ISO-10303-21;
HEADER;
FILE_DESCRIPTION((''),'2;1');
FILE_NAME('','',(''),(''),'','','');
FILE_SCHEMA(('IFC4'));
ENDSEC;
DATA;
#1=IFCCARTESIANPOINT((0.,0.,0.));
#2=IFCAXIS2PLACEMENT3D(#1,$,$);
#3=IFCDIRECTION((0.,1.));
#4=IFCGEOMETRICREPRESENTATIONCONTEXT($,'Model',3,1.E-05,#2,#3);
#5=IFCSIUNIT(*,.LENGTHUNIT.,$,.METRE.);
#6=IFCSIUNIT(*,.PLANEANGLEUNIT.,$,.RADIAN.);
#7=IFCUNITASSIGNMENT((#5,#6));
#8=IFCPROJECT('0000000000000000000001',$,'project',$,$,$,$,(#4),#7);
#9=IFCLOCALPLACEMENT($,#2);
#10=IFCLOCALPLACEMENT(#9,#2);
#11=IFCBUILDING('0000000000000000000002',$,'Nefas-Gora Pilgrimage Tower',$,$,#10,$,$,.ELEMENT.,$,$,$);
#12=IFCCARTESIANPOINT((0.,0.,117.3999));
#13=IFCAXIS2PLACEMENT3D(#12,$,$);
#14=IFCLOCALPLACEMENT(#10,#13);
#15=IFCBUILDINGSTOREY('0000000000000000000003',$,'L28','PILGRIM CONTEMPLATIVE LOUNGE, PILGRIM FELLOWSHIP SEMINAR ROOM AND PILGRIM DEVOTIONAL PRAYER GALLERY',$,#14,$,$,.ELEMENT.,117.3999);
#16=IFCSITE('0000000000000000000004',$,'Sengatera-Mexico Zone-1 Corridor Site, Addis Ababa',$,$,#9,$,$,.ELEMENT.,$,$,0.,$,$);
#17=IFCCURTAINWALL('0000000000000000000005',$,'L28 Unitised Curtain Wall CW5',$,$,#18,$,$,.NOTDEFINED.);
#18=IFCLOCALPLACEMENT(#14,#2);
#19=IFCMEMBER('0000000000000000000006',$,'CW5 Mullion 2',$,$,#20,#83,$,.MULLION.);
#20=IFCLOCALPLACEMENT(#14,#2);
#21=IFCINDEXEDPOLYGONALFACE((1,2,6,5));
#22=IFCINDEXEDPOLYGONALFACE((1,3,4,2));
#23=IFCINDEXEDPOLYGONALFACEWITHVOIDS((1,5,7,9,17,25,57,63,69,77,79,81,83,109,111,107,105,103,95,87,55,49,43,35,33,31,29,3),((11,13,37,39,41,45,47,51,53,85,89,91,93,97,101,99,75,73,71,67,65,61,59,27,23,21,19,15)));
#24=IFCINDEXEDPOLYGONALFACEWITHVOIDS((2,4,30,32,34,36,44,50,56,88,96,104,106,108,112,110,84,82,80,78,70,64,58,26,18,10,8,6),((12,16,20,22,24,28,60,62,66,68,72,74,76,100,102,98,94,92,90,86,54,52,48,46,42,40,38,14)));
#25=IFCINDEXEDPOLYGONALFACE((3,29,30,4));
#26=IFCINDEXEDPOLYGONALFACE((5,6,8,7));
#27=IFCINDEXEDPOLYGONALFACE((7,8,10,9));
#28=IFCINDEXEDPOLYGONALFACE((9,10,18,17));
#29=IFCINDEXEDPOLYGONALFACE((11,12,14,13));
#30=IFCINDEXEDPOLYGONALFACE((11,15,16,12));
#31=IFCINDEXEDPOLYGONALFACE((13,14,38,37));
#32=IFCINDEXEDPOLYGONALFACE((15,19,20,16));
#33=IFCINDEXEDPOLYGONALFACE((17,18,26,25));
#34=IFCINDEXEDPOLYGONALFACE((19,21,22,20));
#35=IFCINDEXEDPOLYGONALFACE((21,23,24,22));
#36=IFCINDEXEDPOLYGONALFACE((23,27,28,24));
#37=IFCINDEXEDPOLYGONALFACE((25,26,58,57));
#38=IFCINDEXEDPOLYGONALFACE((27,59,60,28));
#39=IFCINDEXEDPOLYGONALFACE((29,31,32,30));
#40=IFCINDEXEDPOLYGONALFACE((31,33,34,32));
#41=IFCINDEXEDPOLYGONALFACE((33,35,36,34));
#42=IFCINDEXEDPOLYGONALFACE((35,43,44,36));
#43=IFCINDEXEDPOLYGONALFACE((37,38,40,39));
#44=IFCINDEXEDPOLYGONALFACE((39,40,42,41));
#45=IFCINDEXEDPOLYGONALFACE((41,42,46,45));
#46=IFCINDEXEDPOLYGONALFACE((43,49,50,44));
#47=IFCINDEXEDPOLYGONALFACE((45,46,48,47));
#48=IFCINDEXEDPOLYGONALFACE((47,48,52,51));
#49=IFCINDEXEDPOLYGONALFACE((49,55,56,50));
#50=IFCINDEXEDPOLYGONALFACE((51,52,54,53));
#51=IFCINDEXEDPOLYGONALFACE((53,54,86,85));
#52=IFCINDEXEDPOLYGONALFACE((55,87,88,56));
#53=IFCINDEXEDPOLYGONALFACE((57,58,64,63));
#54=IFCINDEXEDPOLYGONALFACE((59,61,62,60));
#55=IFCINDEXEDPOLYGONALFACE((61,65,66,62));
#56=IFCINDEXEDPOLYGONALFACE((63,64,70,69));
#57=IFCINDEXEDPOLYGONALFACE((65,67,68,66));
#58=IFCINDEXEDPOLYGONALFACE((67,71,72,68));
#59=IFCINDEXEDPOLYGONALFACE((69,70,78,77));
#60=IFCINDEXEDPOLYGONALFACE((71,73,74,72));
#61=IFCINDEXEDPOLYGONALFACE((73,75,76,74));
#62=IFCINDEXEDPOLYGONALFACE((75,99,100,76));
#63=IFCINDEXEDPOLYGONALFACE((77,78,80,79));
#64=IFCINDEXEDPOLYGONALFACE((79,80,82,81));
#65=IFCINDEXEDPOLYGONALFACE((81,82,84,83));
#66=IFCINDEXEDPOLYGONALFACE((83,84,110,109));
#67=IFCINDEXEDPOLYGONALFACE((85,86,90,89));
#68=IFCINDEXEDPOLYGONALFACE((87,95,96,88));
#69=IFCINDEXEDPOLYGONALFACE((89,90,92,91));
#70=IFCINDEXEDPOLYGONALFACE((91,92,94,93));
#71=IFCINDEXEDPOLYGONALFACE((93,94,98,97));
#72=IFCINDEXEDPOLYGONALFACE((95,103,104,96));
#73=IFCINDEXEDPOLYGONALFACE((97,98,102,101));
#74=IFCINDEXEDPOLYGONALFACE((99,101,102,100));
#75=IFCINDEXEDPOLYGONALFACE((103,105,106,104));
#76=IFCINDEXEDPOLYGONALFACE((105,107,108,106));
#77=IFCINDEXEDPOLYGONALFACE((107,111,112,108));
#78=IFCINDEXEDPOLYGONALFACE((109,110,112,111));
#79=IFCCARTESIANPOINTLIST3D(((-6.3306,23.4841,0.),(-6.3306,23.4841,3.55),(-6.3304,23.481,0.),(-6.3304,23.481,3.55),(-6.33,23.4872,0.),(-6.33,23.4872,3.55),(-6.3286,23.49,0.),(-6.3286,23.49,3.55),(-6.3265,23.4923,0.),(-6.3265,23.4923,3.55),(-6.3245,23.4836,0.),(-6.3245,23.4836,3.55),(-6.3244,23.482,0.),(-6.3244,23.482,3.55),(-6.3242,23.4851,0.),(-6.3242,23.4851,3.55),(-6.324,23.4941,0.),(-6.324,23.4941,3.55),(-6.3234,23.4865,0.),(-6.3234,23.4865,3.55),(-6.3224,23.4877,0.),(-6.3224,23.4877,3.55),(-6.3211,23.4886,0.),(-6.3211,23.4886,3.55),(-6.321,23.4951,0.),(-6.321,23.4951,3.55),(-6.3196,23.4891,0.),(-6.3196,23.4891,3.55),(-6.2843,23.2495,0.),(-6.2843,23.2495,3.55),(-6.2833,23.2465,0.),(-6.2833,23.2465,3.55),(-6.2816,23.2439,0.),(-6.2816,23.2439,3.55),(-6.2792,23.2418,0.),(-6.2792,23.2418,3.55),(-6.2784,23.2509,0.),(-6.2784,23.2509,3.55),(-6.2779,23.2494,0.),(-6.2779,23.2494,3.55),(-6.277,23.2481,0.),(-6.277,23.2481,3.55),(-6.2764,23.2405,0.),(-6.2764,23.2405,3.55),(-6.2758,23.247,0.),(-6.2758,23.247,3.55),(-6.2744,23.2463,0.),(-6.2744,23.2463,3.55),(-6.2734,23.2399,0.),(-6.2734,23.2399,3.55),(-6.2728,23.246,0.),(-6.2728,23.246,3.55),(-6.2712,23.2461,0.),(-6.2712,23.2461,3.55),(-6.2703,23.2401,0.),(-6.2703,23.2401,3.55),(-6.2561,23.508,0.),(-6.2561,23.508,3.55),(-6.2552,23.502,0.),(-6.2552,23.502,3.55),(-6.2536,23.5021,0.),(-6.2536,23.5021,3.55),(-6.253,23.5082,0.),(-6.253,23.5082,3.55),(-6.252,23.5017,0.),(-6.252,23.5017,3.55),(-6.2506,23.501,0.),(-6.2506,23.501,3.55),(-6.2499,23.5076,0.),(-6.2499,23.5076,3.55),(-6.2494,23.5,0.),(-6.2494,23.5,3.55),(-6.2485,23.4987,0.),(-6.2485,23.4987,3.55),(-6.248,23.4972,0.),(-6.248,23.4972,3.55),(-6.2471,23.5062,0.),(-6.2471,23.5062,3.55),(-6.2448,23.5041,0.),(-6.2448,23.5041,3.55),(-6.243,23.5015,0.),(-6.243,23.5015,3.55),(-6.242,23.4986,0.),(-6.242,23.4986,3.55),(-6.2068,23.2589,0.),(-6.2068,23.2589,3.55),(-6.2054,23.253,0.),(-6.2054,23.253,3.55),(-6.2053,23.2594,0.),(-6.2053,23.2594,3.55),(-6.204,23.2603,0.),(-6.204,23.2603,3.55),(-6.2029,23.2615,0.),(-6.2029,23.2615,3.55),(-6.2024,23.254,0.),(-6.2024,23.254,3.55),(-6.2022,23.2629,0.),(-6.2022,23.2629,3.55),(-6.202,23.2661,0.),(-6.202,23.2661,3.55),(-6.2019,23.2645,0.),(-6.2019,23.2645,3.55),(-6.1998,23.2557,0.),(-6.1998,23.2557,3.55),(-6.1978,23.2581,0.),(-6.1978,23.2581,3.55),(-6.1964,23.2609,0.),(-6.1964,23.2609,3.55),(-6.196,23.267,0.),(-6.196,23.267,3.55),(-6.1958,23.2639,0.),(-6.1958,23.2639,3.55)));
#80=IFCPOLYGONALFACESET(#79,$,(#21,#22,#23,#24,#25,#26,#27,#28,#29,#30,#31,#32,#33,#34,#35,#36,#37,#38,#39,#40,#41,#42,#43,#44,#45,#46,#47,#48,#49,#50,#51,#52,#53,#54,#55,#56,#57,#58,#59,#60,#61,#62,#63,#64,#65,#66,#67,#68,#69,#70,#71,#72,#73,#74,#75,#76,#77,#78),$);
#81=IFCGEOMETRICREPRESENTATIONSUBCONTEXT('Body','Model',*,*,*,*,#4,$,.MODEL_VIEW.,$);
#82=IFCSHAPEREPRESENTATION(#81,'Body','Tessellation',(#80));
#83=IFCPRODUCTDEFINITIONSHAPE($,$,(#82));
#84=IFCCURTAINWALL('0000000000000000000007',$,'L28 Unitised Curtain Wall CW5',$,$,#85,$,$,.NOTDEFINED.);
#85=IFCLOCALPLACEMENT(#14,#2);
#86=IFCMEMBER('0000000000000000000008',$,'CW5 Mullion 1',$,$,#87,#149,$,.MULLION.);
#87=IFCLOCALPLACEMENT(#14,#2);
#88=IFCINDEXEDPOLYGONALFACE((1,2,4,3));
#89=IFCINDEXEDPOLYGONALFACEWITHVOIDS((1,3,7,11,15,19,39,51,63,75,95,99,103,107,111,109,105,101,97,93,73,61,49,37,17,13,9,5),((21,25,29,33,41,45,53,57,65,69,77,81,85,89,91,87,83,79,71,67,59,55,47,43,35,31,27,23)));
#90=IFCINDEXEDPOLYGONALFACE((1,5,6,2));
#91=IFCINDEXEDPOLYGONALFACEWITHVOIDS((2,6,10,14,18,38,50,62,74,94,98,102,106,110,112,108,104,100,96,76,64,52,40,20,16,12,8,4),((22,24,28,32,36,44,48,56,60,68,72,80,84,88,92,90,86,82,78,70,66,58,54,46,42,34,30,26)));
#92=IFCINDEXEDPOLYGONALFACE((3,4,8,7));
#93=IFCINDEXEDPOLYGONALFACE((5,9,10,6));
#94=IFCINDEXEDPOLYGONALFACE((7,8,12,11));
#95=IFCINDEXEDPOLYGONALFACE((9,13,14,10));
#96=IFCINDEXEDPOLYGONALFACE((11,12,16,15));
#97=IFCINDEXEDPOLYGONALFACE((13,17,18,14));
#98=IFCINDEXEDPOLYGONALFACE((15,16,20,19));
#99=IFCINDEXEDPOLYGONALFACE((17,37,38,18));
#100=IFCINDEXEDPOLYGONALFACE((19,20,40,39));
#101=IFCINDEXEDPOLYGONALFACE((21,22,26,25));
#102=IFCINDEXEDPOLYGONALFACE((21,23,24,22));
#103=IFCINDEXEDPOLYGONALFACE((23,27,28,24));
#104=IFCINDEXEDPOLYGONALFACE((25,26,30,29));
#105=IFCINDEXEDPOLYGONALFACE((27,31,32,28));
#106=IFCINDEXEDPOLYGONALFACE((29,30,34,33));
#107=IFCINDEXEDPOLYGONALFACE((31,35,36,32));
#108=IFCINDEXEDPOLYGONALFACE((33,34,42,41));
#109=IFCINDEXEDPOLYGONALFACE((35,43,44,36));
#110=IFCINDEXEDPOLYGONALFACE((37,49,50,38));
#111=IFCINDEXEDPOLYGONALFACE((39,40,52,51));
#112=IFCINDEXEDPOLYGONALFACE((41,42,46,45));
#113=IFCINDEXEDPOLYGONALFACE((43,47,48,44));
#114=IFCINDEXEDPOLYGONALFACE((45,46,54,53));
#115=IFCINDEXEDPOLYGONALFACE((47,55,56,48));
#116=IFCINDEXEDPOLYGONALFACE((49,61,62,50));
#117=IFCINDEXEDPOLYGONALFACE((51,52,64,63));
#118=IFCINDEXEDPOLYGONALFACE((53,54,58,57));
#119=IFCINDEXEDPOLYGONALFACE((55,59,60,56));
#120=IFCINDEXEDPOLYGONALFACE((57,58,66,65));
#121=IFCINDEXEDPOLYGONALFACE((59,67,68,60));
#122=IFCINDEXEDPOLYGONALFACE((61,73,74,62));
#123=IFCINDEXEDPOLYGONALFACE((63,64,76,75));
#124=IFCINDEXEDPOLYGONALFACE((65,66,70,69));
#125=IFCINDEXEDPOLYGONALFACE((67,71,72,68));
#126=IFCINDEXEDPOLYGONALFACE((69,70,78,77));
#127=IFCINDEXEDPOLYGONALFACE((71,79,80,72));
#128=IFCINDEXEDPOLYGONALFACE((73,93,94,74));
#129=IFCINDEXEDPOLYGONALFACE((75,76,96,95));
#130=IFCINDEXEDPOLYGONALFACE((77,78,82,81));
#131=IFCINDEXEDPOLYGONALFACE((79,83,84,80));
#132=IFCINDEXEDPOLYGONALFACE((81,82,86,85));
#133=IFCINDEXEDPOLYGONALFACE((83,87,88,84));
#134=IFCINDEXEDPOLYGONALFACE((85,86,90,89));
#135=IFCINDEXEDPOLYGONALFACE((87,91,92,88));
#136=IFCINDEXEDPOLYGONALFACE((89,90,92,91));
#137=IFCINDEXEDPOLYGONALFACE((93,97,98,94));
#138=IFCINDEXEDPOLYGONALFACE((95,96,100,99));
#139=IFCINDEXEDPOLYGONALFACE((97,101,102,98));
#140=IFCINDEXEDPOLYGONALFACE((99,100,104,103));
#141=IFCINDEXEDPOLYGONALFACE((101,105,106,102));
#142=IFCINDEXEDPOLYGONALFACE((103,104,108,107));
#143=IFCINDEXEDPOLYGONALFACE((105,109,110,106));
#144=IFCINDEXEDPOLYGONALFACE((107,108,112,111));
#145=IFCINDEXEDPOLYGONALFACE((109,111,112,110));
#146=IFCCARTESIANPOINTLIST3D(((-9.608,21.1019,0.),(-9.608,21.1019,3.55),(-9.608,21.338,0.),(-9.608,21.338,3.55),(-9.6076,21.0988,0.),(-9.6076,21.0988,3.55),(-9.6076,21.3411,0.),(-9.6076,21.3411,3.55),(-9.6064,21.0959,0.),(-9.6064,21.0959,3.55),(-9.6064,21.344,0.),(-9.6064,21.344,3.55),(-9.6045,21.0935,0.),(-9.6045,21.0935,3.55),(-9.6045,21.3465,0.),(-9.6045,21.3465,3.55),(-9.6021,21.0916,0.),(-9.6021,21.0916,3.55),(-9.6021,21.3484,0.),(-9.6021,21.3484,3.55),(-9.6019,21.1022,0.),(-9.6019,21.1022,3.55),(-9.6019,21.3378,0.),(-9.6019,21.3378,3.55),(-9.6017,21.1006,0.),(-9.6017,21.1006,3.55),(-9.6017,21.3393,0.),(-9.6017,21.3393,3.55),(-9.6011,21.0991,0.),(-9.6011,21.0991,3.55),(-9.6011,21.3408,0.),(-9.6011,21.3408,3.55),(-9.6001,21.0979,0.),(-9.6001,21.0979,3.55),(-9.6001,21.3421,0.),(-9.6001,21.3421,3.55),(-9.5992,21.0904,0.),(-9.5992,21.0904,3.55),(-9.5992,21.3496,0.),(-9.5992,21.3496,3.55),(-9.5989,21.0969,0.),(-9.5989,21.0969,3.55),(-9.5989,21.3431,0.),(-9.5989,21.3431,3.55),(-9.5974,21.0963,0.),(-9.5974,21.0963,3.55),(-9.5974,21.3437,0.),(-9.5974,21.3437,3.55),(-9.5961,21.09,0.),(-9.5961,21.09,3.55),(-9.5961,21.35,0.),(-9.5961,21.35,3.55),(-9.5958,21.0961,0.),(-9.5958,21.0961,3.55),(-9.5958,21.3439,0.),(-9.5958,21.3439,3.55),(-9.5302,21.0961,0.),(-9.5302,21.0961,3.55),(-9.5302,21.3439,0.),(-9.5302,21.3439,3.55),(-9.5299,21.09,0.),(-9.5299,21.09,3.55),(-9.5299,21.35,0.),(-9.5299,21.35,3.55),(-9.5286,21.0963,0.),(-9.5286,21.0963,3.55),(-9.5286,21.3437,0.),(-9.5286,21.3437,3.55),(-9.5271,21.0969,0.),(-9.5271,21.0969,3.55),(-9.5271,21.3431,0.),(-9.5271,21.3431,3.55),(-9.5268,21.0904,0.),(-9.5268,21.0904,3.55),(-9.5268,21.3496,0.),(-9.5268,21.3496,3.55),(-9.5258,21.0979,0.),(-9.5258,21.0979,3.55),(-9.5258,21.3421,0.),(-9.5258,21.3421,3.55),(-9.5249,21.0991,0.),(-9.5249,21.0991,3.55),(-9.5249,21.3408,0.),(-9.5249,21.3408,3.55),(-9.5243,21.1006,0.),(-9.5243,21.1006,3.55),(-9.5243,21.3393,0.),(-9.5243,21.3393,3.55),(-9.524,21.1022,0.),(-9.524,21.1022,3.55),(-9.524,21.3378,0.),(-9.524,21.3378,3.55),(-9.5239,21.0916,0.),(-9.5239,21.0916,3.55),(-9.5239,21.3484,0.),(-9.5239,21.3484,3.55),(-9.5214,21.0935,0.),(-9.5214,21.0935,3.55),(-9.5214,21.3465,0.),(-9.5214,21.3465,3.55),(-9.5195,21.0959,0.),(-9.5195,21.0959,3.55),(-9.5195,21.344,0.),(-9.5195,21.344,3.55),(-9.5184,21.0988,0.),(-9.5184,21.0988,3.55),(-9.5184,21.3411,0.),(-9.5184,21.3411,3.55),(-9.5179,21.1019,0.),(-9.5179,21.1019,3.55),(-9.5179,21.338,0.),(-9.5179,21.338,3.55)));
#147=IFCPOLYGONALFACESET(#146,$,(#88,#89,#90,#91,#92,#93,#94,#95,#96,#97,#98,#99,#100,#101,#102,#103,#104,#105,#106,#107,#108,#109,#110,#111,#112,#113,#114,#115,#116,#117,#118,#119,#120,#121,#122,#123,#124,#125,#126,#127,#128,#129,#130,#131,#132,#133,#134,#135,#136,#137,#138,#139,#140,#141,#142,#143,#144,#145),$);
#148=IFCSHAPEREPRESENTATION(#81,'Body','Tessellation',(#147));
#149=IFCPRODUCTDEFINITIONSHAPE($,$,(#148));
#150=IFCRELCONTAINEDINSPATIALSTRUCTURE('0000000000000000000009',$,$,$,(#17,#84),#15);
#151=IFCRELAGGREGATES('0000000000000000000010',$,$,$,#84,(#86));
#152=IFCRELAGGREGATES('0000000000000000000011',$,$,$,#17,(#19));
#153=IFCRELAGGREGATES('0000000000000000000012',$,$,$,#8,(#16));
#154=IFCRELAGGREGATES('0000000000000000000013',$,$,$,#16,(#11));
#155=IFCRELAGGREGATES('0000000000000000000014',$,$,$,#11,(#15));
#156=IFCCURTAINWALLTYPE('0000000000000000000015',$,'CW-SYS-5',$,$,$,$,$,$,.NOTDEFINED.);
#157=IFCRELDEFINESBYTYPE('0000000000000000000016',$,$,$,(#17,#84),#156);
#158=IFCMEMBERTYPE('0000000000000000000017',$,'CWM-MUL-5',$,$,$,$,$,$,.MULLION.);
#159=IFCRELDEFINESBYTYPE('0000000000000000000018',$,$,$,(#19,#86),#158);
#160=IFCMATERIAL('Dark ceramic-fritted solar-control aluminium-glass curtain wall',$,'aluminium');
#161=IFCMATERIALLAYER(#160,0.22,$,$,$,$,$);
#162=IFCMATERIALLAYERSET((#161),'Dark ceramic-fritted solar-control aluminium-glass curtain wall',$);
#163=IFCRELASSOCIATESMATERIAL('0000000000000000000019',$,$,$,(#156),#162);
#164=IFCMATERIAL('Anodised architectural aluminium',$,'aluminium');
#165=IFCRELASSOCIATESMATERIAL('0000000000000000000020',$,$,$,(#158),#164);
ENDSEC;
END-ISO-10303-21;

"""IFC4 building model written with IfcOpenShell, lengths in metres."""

from ifc_helpers import new_model, si_unit, direction, frame, origin, origin_2d, place, context, subcontext, project, spatial, hollow_rectangle, extrude, source, transform, mapped, material, layer, layer_set, material_profile, profile_set, type_object, element, aggregate, save


model = new_model("IFC4")

# Units and contexts
model_context = context("Model", 3, precision=1e-05, world=origin(), true_north=direction((0.0, 1.0)))
body_context = subcontext(model_context, "Body", "Model", "MODEL_VIEW")
ifc_project = project(units=[si_unit("LENGTHUNIT", "METRE"), si_unit("PLANEANGLEUNIT", "RADIAN")], contexts=[model_context])

# Site, building, storey
site_placement = place(None, origin())
site = spatial("IfcSite", under=ifc_project, at=site_placement, Name="Sengatera-Mexico Zone-1 Corridor Site, Addis Ababa", CompositionType="ELEMENT", RefElevation=0.0)
building_placement = place(site_placement, origin())
building = spatial("IfcBuilding", under=site, at=building_placement, Name="Nefas-Gora Pilgrimage Tower", CompositionType="ELEMENT")
storey_placement = place(building_placement, frame((0.0, 0.0, 117.3999)))
storey = spatial("IfcBuildingStorey", under=building, at=storey_placement, Name="L28", Description="PILGRIM CONTEMPLATIVE LOUNGE, PILGRIM FELLOWSHIP SEMINAR ROOM AND PILGRIM DEVOTIONAL PRAYER GALLERY", CompositionType="ELEMENT", Elevation=117.3999)

# Shared definitions
ifc_material_1 = material(Name="Dark ceramic-fritted solar-control aluminium-glass curtain wall", Category="aluminium")
ifc_layer_1 = layer(ifc_material_1, 0.22)
ifc_layer_set_1 = layer_set([ifc_layer_1], Name="Dark ceramic-fritted solar-control aluminium-glass curtain wall")
curtain_wall_type = type_object("IfcCurtainWallType", Name="CW-SYS-5", PredefinedType="NOTDEFINED", material=ifc_layer_set_1)
ifc_material_2 = material(Name="Anodised architectural aluminium", Category="aluminium")
ifc_material_profile_1 = material_profile(ifc_material_2, hollow_rectangle(XDim=0.0901, YDim=0.26, WallThickness=0.0061, InnerFilletRadius=0.0061, OuterFilletRadius=0.012, at=origin_2d()), Name="ALU MULLION 90x260")
ifc_profile_set_1 = profile_set([ifc_material_profile_1], Name="Anodised architectural aluminium")
member_type_1 = type_object("IfcMemberType", Name="CWM-MUL-5", PredefinedType="MULLION", material=ifc_profile_set_1)
shared_shape_1 = source(origin(), body_context, "Body", "SweptSolid", [
    extrude(hollow_rectangle(XDim=0.0901, YDim=0.26, WallThickness=0.0061, InnerFilletRadius=0.0061, OuterFilletRadius=0.012, at=origin_2d()), origin(), (0.0, 0.0, 1.0), 3.55),
])

# Curtain walls, members
curtain_wall_1_placement = place(storey_placement, origin())
curtain_wall_1 = element("IfcCurtainWall", 1, at=curtain_wall_1_placement, inside=storey, type_object=curtain_wall_type, Name="L28 Unitised Curtain Wall CW5", PredefinedType="NOTDEFINED")
member_1_placement = place(storey_placement, frame((-6.2632, 23.374, 0.0), z_axis=(0.0, 0.0, 1.0), x_axis=(-0.980783, -0.195102, 0.0)))
member_1 = element("IfcMember", 2, at=member_1_placement, type_object=member_type_1, Name="CW5 Mullion 2", PredefinedType="MULLION", context=body_context, shape_type="MappedRepresentation", body=[
    mapped(shared_shape_1, transform((0.0, 0.0, 0.0), x_axis=(1.0, 0.0, 0.0), y_axis=(0.0, 1.0, 0.0), z_axis=(0.0, 0.0, 1.0), scale=1.0)),
])
curtain_wall_2_placement = place(storey_placement, origin())
curtain_wall_2 = element("IfcCurtainWall", 3, at=curtain_wall_2_placement, inside=storey, type_object=curtain_wall_type, Name="L28 Unitised Curtain Wall CW5", PredefinedType="NOTDEFINED")
member_2_placement = place(storey_placement, frame((-9.563, 21.22, 0.0), z_axis=(0.0, 0.0, 1.0), x_axis=(-1.0, 0.0, 0.0)))
member_2 = element("IfcMember", 4, at=member_2_placement, type_object=member_type_1, Name="CW5 Mullion 1", PredefinedType="MULLION", context=body_context, shape_type="MappedRepresentation", body=[
    mapped(shared_shape_1, transform((0.0, 0.0, 0.0), x_axis=(1.0, 0.0, 0.0), y_axis=(0.0, 1.0, 0.0), z_axis=(0.0, 0.0, 1.0), scale=1.0)),
])
aggregate(curtain_wall_2, [member_2])

aggregate(curtain_wall_1, [member_1])

save(model, "model.ifc")
